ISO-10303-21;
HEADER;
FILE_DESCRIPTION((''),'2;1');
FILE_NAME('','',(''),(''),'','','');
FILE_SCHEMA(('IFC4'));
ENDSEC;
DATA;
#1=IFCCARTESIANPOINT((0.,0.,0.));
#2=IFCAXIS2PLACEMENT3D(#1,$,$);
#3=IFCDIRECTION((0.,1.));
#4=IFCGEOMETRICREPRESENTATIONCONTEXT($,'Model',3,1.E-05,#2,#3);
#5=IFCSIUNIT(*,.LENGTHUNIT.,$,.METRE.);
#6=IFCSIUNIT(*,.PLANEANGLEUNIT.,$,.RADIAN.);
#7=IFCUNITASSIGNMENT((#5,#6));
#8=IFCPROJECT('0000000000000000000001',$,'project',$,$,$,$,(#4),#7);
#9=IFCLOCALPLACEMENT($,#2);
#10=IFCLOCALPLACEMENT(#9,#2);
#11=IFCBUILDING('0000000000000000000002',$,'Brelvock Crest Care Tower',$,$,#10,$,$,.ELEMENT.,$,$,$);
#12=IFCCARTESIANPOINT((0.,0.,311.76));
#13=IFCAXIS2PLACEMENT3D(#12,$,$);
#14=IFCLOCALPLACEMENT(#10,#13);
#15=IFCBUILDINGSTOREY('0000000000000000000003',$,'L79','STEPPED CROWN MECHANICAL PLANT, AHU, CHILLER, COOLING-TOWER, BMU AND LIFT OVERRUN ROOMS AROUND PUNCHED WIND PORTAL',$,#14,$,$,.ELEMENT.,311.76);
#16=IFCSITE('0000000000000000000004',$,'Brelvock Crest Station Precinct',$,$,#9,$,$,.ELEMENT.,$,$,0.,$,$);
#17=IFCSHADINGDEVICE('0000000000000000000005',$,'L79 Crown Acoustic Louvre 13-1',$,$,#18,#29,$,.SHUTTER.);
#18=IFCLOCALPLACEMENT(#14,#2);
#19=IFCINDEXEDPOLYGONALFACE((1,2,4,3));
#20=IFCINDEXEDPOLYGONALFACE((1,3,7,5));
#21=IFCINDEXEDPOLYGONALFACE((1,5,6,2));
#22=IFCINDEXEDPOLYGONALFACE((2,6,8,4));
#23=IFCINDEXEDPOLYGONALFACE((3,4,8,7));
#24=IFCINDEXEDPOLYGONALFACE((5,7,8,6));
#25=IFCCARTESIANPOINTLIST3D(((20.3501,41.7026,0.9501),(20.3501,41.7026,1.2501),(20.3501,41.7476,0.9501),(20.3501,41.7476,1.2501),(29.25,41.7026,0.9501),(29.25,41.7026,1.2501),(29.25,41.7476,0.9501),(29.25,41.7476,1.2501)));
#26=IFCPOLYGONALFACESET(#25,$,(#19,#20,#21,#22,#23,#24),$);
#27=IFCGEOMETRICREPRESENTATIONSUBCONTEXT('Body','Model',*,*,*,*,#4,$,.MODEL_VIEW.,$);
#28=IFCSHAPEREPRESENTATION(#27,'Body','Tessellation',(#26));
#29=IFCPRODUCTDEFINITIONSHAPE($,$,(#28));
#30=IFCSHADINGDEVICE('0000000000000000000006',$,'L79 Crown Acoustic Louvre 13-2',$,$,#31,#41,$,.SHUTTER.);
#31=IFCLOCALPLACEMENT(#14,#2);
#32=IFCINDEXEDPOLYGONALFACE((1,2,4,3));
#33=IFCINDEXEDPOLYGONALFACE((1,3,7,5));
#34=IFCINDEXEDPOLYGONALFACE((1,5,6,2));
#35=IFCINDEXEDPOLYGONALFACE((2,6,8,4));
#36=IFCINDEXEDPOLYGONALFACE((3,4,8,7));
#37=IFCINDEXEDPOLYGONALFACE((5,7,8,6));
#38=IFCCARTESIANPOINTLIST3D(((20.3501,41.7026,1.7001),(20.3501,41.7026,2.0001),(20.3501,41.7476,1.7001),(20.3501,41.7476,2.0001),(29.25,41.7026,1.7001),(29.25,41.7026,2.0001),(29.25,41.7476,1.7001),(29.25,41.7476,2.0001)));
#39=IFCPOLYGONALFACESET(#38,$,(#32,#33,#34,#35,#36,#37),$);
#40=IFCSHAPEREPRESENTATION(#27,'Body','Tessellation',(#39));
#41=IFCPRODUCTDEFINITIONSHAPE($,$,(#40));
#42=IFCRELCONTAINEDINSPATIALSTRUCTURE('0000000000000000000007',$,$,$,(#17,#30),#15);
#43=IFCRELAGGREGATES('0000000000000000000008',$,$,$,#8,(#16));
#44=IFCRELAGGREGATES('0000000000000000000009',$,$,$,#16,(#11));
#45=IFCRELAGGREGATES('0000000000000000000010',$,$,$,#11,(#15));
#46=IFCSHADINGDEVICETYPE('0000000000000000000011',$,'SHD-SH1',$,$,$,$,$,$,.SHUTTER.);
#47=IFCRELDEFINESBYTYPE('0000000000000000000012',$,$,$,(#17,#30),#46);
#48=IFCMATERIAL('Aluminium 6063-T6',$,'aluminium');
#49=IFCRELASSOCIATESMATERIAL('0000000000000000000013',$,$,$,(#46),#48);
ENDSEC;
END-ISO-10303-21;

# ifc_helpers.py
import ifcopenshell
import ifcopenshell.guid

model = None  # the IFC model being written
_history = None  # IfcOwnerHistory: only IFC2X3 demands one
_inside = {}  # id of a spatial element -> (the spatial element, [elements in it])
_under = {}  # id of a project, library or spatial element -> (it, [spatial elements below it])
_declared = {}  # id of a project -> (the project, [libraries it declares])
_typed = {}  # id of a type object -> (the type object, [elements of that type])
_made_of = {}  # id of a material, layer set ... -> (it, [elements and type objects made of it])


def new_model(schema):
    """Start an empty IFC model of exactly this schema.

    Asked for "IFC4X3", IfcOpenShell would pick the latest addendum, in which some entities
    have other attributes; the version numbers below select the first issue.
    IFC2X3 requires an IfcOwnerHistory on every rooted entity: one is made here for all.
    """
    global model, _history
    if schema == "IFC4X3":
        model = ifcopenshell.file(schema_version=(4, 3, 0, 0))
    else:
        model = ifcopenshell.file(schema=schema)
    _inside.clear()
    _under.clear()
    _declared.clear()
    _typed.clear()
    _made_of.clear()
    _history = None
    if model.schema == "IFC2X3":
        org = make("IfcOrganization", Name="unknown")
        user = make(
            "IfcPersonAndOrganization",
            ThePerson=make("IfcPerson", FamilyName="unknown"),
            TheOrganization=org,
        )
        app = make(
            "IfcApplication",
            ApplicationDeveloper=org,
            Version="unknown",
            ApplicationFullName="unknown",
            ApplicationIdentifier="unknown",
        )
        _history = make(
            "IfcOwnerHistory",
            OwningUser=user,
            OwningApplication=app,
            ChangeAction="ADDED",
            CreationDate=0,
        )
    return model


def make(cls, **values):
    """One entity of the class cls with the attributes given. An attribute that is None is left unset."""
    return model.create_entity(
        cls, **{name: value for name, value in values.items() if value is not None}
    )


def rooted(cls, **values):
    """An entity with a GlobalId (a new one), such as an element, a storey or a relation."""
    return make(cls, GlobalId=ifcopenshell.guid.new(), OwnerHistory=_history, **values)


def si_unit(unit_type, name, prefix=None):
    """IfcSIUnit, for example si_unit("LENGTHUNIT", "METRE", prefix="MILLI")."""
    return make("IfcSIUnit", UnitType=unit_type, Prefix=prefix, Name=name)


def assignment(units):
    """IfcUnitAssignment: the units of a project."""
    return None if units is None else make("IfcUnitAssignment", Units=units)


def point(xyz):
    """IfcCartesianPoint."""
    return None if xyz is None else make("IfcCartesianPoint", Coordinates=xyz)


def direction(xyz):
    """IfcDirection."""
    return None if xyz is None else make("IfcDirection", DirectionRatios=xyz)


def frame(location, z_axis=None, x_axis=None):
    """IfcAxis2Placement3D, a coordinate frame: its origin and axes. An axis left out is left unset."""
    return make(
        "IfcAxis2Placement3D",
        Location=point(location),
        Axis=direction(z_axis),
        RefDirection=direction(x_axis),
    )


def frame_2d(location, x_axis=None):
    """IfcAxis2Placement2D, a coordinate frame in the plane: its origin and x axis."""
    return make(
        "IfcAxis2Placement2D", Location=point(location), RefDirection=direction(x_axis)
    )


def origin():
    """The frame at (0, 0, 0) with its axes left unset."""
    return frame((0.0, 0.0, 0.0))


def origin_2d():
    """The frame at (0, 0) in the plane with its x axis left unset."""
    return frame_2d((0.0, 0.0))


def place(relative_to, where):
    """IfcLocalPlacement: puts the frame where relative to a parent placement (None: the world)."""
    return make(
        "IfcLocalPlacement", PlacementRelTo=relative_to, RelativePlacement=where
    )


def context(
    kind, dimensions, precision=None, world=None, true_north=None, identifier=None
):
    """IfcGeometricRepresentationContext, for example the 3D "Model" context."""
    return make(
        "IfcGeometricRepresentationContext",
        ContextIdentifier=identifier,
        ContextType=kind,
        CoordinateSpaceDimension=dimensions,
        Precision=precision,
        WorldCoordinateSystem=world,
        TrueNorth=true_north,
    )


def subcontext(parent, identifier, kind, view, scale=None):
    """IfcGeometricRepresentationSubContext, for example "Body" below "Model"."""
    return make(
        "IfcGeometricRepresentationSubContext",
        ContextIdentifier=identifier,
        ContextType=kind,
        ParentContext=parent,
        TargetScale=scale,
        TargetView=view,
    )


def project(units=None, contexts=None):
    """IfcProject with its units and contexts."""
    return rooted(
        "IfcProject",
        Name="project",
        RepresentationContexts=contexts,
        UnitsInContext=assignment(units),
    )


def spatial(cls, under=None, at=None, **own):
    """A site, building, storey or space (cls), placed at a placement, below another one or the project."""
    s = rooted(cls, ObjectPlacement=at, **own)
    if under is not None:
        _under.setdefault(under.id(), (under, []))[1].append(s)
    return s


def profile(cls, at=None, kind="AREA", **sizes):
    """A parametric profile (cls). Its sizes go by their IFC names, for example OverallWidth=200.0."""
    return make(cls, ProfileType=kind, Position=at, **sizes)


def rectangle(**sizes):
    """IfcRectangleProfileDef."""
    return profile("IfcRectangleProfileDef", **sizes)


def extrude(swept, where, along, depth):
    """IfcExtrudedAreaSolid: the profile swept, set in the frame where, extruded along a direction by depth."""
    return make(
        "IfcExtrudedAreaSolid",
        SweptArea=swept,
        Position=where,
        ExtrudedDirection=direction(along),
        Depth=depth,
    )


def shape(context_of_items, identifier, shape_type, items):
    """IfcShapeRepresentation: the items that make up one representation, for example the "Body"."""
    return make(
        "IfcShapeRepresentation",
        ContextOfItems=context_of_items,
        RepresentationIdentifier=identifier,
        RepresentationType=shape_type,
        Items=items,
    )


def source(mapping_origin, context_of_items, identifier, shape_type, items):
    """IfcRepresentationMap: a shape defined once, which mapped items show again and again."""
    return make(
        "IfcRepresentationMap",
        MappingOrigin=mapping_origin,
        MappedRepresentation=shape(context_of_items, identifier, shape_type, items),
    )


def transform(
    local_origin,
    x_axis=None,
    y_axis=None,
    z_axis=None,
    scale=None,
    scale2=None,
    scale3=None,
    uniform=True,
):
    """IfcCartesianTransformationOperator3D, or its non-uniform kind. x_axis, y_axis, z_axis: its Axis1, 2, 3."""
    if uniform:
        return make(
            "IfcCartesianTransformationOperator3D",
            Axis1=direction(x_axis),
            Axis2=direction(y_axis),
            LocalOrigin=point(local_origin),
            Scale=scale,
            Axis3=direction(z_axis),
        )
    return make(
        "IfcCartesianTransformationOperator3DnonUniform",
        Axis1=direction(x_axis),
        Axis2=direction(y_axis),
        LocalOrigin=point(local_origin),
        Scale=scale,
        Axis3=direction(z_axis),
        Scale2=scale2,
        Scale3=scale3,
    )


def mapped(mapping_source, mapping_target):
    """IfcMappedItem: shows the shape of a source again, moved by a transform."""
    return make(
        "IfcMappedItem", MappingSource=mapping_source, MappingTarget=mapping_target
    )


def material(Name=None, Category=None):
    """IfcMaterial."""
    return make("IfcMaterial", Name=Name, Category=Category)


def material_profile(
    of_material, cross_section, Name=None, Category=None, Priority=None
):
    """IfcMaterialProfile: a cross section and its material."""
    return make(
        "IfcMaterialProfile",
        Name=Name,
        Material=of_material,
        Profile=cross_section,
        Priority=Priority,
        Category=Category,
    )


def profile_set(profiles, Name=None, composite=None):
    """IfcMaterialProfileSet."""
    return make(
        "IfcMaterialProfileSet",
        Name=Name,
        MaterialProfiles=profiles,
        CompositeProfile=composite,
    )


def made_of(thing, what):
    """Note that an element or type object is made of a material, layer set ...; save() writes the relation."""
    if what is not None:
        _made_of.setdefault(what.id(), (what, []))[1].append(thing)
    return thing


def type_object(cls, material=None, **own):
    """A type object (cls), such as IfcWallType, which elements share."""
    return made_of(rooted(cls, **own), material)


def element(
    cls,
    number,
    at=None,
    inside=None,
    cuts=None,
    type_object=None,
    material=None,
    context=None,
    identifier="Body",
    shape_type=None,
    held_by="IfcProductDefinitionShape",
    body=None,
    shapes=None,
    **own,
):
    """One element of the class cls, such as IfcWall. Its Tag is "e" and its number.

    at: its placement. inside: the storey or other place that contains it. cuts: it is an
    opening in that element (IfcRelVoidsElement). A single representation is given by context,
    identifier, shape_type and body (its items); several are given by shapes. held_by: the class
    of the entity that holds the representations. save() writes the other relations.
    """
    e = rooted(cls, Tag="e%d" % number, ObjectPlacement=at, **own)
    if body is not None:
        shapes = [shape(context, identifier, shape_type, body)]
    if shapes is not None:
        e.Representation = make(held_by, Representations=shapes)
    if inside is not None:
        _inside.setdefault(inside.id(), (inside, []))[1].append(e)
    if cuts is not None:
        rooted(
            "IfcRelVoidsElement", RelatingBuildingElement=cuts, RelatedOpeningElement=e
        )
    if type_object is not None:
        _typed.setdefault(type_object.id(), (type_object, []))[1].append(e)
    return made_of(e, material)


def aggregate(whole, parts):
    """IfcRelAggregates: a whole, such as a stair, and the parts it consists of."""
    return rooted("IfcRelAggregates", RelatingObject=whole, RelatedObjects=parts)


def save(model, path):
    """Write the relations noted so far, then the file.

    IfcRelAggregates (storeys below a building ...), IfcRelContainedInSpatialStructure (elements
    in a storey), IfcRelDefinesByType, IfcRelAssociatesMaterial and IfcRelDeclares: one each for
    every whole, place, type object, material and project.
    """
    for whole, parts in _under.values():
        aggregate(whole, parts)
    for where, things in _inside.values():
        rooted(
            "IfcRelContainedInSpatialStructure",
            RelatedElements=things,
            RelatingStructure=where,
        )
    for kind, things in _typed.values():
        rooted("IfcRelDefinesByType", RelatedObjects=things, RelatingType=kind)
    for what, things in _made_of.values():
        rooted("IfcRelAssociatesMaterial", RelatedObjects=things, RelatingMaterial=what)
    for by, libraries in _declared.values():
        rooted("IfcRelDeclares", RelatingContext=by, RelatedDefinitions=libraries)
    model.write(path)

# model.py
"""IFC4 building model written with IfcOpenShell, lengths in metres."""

from ifc_helpers import new_model, si_unit, direction, frame, origin, origin_2d, place, context, subcontext, project, spatial, rectangle, extrude, source, transform, mapped, material, material_profile, profile_set, type_object, element, save


model = new_model("IFC4")

# Units and contexts
model_context = context("Model", 3, precision=1e-05, world=origin(), true_north=direction((0.0, 1.0)))
body_context = subcontext(model_context, "Body", "Model", "MODEL_VIEW")
ifc_project = project(units=[si_unit("LENGTHUNIT", "METRE"), si_unit("PLANEANGLEUNIT", "RADIAN")], contexts=[model_context])

# Site, building, storey
site_placement = place(None, origin())
site = spatial("IfcSite", under=ifc_project, at=site_placement, Name="Brelvock Crest Station Precinct", CompositionType="ELEMENT", RefElevation=0.0)
building_placement = place(site_placement, origin())
building = spatial("IfcBuilding", under=site, at=building_placement, Name="Brelvock Crest Care Tower", CompositionType="ELEMENT")
storey_placement = place(building_placement, frame((0.0, 0.0, 311.76)))
storey = spatial("IfcBuildingStorey", under=building, at=storey_placement, Name="L79", Description="STEPPED CROWN MECHANICAL PLANT, AHU, CHILLER, COOLING-TOWER, BMU AND LIFT OVERRUN ROOMS AROUND PUNCHED WIND PORTAL", CompositionType="ELEMENT", Elevation=311.76)

# Shading devices
ifc_material_1 = material(Name="Aluminium 6063-T6", Category="aluminium")
ifc_material_profile_1 = material_profile(ifc_material_1, rectangle(XDim=0.0449, YDim=0.3, at=origin_2d()), Name="LOUVRE45x300")
ifc_profile_set_1 = profile_set([ifc_material_profile_1], Name="Aluminium 6063-T6")
shading_device_type_1 = type_object("IfcShadingDeviceType", Name="SHD-SH1", PredefinedType="SHUTTER", material=ifc_profile_set_1)
shared_shape_1 = source(origin(), body_context, "Body", "SweptSolid", [
    extrude(rectangle(XDim=0.0449, YDim=0.3, at=origin_2d()), origin(), (0.0, 0.0, 1.0), 8.8999),
])
for number, where, z_axis, x_axis, name in (
    (1, (29.25, 41.7251, 1.1001), (-1.0, 0.0, 0.0), (0.0, -1.0, 0.0), "L79 Crown Acoustic Louvre 13-1"),
    (2, (29.25, 41.7251, 1.8501), (-1.0, 0.0, 0.0), (0.0, -1.0, 0.0), "L79 Crown Acoustic Louvre 13-2"),
):
    element("IfcShadingDevice", number, at=place(storey_placement, frame(where, z_axis=z_axis, x_axis=x_axis)), inside=storey, type_object=shading_device_type_1, Name=name, PredefinedType="SHUTTER", context=body_context, shape_type="MappedRepresentation", body=[
        mapped(shared_shape_1, transform((0.0, 0.0, 0.0), x_axis=(1.0, 0.0, 0.0), y_axis=(0.0, 1.0, 0.0), z_axis=(0.0, 0.0, 1.0), scale=1.0)),
    ])

save(model, "model.ifc")
